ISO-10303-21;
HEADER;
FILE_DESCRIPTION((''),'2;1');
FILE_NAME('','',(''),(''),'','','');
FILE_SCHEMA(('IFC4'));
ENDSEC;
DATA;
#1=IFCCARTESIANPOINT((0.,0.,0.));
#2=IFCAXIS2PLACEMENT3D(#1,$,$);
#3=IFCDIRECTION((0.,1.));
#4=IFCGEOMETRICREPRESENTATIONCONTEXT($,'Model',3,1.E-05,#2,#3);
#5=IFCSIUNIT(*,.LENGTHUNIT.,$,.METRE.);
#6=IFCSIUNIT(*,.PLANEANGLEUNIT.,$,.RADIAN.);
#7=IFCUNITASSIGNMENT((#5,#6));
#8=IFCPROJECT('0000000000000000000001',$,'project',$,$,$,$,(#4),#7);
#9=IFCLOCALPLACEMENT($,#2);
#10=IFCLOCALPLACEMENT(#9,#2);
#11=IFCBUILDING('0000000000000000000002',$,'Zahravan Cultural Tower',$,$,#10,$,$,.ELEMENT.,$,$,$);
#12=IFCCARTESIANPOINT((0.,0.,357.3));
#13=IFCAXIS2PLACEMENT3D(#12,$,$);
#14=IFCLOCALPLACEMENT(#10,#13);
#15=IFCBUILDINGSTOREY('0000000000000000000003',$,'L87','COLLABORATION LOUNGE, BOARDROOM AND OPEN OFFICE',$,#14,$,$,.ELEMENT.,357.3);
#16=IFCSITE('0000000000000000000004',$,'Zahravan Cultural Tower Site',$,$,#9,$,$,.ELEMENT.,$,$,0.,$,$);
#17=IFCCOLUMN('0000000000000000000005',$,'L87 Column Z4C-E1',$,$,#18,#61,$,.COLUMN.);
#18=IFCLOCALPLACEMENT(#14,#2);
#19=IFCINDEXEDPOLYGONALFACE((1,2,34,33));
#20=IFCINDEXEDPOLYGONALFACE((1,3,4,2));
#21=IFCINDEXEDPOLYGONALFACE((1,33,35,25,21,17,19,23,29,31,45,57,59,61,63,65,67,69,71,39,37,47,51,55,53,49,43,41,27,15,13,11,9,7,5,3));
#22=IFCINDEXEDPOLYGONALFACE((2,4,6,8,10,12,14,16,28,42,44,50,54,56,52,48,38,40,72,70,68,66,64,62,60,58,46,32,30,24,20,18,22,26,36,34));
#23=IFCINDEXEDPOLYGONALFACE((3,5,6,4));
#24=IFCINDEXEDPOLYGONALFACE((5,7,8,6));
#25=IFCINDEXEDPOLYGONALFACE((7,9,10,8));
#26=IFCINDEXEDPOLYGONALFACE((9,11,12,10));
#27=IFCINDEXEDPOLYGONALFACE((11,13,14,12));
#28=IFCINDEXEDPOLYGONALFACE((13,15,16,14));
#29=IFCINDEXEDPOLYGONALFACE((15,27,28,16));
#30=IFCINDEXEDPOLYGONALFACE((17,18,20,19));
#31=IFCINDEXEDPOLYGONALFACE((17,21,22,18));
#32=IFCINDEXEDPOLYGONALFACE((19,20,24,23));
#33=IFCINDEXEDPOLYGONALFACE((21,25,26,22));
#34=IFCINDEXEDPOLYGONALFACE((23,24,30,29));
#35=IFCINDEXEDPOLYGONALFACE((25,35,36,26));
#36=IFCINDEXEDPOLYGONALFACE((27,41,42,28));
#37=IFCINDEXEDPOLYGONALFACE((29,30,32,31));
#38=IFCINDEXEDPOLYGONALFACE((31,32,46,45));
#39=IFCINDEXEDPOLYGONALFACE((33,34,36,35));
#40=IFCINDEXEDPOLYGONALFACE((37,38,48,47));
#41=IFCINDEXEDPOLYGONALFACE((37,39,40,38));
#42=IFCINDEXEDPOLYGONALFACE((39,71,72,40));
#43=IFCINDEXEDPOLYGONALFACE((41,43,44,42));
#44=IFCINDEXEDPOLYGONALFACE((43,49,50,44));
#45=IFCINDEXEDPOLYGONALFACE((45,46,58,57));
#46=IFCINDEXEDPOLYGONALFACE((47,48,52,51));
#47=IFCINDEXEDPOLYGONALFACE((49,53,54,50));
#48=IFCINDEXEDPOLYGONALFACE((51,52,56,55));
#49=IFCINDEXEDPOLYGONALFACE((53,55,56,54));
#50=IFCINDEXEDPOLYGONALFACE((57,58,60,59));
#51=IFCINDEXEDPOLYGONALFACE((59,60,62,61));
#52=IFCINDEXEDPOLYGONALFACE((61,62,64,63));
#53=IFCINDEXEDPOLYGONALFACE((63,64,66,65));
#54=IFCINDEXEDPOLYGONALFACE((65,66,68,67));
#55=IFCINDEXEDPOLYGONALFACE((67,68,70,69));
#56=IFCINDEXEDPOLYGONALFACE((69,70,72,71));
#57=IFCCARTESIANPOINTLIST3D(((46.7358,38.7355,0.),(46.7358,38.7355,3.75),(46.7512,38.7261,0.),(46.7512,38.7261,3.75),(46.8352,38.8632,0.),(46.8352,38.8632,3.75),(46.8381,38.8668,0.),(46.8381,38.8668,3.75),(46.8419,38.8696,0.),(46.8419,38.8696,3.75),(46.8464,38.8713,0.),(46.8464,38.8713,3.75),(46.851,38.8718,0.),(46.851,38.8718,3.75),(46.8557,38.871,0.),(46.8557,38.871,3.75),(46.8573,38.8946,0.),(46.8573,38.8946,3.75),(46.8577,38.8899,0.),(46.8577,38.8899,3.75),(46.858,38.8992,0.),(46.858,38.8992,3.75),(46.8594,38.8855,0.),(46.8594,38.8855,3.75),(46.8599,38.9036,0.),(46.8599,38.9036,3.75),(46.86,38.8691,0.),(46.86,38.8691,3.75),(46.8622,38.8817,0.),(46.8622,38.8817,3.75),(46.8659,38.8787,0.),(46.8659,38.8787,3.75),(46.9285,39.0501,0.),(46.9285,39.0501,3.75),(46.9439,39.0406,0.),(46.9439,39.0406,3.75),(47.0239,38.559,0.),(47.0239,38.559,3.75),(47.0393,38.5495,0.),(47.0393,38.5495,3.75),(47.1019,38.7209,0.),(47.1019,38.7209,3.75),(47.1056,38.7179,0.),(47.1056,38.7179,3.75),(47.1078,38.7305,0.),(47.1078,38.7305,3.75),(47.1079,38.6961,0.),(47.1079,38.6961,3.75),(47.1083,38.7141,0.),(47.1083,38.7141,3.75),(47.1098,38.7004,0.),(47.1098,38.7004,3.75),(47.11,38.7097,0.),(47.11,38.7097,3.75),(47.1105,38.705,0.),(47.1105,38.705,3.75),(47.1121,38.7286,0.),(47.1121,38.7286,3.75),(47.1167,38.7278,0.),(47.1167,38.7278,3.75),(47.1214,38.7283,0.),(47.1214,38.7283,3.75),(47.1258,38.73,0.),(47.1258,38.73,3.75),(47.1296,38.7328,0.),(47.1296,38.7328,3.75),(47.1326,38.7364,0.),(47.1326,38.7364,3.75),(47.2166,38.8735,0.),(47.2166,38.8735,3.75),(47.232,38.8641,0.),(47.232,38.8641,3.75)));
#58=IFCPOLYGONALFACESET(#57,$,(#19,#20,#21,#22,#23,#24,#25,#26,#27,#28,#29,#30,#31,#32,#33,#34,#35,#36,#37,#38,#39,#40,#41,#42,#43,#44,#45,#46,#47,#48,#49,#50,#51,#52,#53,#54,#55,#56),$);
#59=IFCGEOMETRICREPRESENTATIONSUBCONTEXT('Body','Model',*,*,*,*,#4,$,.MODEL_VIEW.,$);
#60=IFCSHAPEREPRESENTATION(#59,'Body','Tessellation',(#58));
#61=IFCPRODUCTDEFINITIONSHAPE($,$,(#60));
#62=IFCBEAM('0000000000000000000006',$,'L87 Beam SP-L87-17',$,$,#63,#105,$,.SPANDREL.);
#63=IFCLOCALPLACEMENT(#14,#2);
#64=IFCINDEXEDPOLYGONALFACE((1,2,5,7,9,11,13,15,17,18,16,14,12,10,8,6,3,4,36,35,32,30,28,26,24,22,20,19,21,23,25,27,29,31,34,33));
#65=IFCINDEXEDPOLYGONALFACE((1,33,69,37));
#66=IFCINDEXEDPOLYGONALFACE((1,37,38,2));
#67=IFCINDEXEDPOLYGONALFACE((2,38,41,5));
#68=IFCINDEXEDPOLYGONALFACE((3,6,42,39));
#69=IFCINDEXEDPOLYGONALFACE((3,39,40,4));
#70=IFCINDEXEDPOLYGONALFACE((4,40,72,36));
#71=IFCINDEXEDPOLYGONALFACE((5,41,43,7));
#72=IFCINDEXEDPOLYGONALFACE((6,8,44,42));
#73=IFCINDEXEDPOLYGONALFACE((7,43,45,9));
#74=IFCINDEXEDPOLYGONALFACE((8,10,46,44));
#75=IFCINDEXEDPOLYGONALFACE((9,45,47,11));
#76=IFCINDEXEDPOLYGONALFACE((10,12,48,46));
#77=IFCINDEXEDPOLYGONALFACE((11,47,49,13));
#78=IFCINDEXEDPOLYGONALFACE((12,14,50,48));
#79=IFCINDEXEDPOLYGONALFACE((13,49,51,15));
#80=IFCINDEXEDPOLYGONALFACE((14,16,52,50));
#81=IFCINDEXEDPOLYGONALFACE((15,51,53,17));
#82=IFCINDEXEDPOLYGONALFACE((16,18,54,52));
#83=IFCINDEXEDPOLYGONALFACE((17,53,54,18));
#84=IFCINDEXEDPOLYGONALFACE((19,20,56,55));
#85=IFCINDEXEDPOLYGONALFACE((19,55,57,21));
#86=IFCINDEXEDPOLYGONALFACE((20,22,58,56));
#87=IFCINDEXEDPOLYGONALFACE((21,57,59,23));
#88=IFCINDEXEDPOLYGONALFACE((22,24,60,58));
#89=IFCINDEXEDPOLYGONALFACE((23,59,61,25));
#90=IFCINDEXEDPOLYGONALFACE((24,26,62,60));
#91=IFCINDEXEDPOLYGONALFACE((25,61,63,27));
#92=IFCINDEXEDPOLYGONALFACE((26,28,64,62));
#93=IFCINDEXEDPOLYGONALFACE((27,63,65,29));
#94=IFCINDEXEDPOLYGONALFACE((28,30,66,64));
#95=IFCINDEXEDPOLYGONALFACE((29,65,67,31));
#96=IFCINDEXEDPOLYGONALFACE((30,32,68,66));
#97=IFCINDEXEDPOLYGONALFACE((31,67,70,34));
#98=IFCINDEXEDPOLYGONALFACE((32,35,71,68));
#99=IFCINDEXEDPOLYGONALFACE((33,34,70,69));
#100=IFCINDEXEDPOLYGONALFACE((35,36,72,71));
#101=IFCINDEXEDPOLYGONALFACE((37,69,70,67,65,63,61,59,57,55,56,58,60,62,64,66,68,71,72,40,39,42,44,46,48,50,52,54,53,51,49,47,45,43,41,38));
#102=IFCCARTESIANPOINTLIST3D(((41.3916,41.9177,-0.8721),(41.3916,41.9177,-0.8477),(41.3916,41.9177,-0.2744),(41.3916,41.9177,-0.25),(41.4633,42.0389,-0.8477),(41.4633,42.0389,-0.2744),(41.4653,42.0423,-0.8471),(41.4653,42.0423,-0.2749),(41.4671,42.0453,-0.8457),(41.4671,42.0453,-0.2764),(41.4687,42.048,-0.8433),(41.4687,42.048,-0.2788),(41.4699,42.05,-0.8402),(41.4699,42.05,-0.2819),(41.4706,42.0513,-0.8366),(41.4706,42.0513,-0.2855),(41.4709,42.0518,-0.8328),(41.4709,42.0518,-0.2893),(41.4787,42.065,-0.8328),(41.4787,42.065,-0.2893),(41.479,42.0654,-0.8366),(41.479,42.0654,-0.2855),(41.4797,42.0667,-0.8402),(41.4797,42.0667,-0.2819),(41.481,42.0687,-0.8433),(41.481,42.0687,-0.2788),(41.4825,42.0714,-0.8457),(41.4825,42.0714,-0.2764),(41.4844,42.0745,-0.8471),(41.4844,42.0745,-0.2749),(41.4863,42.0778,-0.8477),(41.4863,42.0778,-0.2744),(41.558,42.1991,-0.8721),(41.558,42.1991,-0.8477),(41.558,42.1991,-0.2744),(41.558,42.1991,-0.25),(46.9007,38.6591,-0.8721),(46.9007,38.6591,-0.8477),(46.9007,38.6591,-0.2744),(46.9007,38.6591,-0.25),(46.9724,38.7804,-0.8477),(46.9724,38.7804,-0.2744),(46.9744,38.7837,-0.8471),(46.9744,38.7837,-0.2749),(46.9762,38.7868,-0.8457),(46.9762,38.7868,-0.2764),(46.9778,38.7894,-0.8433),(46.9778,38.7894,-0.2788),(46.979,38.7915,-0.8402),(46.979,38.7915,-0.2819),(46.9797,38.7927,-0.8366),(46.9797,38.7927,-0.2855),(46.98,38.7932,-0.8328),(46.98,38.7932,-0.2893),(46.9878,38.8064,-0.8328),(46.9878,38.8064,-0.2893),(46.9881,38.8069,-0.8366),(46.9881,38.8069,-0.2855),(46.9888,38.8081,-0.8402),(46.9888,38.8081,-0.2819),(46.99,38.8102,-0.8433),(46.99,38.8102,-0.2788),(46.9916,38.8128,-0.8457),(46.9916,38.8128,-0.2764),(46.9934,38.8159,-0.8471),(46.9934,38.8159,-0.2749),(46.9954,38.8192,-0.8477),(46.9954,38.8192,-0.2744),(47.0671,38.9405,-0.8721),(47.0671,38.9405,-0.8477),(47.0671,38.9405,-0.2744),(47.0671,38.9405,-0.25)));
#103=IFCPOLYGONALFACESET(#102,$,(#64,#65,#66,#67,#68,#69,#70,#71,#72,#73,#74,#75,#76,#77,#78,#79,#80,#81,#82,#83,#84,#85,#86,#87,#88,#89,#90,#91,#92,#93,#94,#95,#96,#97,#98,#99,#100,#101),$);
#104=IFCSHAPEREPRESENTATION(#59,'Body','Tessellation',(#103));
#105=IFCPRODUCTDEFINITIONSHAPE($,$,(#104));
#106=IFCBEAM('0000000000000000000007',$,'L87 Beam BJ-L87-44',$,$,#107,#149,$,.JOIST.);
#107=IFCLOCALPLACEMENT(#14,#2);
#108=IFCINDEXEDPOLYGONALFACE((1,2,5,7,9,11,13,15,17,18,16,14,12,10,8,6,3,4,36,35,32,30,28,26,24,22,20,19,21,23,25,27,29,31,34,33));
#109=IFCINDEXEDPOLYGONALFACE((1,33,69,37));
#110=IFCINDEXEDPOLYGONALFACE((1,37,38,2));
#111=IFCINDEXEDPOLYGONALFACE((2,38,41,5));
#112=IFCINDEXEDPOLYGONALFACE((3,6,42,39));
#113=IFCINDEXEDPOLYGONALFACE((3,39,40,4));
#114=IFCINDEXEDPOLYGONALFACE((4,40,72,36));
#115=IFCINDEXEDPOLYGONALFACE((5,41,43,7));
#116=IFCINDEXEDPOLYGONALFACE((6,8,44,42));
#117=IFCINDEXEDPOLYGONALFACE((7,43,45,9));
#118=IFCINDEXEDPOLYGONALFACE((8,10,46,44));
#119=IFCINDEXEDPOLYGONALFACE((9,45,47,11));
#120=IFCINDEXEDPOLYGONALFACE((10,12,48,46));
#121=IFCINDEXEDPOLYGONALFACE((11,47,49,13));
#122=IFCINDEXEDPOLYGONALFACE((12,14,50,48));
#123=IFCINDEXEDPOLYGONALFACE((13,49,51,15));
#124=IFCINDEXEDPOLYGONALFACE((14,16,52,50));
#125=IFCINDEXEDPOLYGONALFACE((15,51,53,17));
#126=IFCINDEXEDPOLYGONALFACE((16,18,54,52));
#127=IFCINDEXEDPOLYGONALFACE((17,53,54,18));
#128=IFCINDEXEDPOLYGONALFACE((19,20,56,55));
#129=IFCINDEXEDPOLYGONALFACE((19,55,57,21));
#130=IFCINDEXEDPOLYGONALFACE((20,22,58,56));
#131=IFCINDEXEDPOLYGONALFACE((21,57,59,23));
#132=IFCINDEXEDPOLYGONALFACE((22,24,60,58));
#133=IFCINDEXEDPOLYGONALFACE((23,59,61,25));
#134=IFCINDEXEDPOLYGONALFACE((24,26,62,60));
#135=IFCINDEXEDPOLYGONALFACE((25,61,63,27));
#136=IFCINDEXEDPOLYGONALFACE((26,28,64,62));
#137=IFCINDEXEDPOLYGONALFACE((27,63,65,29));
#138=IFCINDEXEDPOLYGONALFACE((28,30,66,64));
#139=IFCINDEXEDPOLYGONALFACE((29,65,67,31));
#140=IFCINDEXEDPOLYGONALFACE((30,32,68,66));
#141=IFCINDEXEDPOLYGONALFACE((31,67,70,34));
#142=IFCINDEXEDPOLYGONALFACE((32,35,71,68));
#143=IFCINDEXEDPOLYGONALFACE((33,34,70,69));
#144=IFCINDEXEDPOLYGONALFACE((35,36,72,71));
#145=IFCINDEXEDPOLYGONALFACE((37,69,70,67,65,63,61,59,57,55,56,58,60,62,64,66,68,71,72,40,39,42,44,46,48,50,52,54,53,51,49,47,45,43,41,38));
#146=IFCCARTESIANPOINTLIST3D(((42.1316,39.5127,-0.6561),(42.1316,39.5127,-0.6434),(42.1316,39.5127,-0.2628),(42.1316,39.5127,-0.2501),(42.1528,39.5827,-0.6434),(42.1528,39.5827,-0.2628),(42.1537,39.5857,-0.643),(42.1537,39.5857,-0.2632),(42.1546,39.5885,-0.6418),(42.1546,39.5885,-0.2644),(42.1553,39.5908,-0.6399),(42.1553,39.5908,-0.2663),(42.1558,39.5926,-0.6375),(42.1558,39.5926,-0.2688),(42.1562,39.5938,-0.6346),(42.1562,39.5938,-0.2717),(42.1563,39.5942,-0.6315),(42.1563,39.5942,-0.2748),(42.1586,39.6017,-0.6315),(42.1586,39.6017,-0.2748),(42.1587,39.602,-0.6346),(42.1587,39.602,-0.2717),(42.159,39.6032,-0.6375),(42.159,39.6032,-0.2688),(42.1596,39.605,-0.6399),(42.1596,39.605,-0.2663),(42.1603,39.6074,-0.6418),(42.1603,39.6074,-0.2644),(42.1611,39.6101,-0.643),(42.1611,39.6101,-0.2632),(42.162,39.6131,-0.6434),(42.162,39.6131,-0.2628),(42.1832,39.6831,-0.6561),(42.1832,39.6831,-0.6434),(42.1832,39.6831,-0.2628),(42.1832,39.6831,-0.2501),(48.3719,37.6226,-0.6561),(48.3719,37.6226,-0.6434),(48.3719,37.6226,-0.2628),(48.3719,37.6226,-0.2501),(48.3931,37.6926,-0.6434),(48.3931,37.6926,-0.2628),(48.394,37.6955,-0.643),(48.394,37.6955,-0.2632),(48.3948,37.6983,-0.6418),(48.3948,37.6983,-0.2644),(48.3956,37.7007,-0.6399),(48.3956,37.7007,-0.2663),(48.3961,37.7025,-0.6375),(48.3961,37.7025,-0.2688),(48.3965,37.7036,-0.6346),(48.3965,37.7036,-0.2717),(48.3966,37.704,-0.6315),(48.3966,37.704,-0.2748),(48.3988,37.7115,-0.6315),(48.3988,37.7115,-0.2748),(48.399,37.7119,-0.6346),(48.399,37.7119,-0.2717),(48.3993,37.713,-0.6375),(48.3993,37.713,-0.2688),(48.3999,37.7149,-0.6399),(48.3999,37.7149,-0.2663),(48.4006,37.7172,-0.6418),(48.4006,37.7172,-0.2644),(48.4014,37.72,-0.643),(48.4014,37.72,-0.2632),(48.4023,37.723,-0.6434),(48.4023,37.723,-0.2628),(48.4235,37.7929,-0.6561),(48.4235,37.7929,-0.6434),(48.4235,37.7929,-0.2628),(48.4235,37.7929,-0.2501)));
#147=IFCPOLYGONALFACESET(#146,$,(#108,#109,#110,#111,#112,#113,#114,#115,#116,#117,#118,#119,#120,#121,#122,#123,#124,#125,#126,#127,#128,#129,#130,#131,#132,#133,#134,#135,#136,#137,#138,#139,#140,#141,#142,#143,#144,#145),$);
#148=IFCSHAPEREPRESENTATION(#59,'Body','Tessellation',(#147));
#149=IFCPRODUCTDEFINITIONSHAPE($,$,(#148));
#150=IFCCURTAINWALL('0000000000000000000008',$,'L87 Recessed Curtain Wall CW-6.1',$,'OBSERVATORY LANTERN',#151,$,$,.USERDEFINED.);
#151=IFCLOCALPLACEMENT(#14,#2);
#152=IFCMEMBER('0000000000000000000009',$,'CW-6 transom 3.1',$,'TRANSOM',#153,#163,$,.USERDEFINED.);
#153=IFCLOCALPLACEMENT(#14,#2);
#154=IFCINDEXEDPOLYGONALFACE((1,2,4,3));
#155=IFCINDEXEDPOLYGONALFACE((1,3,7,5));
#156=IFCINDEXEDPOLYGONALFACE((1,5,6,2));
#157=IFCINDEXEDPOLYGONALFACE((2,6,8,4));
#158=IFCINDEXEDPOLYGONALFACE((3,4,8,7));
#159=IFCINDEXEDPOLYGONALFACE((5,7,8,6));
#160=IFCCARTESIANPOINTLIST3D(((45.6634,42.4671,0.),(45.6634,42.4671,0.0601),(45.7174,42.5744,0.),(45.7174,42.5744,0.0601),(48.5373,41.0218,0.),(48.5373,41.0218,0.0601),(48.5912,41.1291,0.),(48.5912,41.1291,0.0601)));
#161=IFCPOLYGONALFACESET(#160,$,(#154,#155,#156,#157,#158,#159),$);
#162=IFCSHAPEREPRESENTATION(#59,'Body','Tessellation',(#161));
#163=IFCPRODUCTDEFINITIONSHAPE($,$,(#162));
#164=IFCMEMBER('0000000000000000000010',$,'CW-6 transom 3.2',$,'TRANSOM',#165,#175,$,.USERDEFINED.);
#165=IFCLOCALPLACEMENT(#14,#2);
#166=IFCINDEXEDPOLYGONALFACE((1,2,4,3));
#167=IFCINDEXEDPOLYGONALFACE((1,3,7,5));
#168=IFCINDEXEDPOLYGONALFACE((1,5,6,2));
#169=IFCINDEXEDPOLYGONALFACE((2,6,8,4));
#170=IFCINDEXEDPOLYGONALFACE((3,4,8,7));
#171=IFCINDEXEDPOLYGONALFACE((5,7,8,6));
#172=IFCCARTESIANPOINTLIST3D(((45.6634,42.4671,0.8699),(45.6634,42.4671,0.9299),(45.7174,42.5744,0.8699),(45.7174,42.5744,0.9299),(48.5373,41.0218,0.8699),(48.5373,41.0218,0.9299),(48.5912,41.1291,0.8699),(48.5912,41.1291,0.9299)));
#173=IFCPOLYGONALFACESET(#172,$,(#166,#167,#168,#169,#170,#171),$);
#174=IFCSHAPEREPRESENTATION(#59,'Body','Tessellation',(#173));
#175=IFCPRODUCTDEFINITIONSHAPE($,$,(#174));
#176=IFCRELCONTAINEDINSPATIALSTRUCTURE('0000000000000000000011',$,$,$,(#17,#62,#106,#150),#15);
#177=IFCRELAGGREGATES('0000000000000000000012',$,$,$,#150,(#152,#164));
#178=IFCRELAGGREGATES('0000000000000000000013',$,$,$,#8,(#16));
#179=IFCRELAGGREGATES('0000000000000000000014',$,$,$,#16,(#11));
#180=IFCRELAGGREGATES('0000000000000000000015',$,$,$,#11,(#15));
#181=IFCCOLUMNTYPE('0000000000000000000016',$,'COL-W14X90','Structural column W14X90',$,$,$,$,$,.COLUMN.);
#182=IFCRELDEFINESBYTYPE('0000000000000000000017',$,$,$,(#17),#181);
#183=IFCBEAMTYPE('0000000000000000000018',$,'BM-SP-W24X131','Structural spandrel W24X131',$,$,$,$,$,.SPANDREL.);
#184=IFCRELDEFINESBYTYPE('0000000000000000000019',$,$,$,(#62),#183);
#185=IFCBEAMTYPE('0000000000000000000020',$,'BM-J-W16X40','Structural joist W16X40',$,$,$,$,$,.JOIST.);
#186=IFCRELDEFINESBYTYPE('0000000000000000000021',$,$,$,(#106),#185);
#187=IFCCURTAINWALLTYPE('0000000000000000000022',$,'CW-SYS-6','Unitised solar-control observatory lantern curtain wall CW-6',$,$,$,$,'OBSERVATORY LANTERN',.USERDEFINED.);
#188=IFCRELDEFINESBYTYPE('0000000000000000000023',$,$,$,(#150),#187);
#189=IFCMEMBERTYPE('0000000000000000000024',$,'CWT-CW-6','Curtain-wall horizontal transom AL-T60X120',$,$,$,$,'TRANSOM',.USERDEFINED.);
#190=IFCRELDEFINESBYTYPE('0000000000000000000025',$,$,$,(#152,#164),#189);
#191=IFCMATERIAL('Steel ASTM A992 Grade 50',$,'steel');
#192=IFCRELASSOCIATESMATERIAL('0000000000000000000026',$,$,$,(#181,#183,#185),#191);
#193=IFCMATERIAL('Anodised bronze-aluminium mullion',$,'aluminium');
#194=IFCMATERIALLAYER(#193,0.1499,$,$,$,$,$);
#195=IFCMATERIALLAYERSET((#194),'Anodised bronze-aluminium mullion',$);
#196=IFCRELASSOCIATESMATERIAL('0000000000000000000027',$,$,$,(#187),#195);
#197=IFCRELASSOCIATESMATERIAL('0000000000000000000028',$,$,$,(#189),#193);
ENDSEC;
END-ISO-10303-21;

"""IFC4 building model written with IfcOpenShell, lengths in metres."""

from ifc_helpers import new_model, si_unit, direction, frame, origin, origin_2d, place, context, subcontext, project, spatial, rectangle, i_section, extrude, source, transform, mapped, material, layer, layer_set, material_profile, profile_set, type_object, element, aggregate, save


model = new_model("IFC4")

# Units and contexts
model_context = context("Model", 3, precision=1e-05, world=origin(), true_north=direction((0.0, 1.0)))
body_context = subcontext(model_context, "Body", "Model", "MODEL_VIEW")
ifc_project = project(units=[si_unit("LENGTHUNIT", "METRE"), si_unit("PLANEANGLEUNIT", "RADIAN")], contexts=[model_context])

# Site, building, storey
site_placement = place(None, origin())
site = spatial("IfcSite", under=ifc_project, at=site_placement, Name="Zahravan Cultural Tower Site", CompositionType="ELEMENT", RefElevation=0.0)
building_placement = place(site_placement, origin())
building = spatial("IfcBuilding", under=site, at=building_placement, Name="Zahravan Cultural Tower", CompositionType="ELEMENT")
storey_placement = place(building_placement, frame((0.0, 0.0, 357.3)))
storey = spatial("IfcBuildingStorey", under=building, at=storey_placement, Name="L87", Description="COLLABORATION LOUNGE, BOARDROOM AND OPEN OFFICE", CompositionType="ELEMENT", Elevation=357.3)

# Column
ifc_material_1 = material(Name="Steel ASTM A992 Grade 50", Category="steel")
ifc_material_profile_1 = material_profile(ifc_material_1, i_section(OverallWidth=0.3689, OverallDepth=0.356, WebThickness=0.0112, FlangeThickness=0.0181, FilletRadius=0.0181, at=origin_2d()), Name="W14X90")
ifc_profile_set_1 = profile_set([ifc_material_profile_1], Name="Steel ASTM A992 Grade 50")
column_type = type_object("IfcColumnType", Name="COL-W14X90", Description="Structural column W14X90", PredefinedType="COLUMN", material=ifc_profile_set_1)
shared_shape_1 = source(origin(), body_context, "Body", "SweptSolid", [
    extrude(i_section(OverallWidth=0.3689, OverallDepth=0.356, WebThickness=0.0112, FlangeThickness=0.0181, FilletRadius=0.0181, at=origin_2d()), origin(), (0.0, 0.0, 1.0), 3.75),
])
column_placement = place(storey_placement, frame((46.9839, 38.7998, 0.0), z_axis=(0.0, 0.0, 1.0), x_axis=(0.522499, 0.85264, 0.0)))
element("IfcColumn", 1, at=column_placement, inside=storey, type_object=column_type, Name="L87 Column Z4C-E1", PredefinedType="COLUMN", context=body_context, shape_type="MappedRepresentation", body=[
    mapped(shared_shape_1, transform((0.0, 0.0, 0.0), x_axis=(1.0, 0.0, 0.0), y_axis=(0.0, 1.0, 0.0), z_axis=(0.0, 0.0, 1.0), scale=1.0)),
])

# Beams
ifc_material_profile_2 = material_profile(ifc_material_1, i_section(OverallWidth=0.3269, OverallDepth=0.6221, WebThickness=0.0154, FlangeThickness=0.0244, FilletRadius=0.0149, at=origin_2d()), Name="W24X131")
ifc_profile_set_2 = profile_set([ifc_material_profile_2], Name="Steel ASTM A992 Grade 50")
beam_type_1 = type_object("IfcBeamType", Name="BM-SP-W24X131", Description="Structural spandrel W24X131", PredefinedType="SPANDREL", material=ifc_profile_set_2)
shared_shape_2 = source(origin(), body_context, "Body", "SweptSolid", [
    extrude(i_section(OverallWidth=0.3269, OverallDepth=0.6221, WebThickness=0.0154, FlangeThickness=0.0244, FilletRadius=0.0149, at=origin_2d()), origin(), (0.0, 0.0, 1.0), 6.4006),
])
beam_1_placement = place(storey_placement, frame((46.9839, 38.7998, -0.561), z_axis=(-0.860707, 0.509101, 0.0), x_axis=(-0.509101, -0.860707, 0.0)))
element("IfcBeam", 2, at=beam_1_placement, inside=storey, type_object=beam_type_1, Name="L87 Beam SP-L87-17", PredefinedType="SPANDREL", context=body_context, shape_type="MappedRepresentation", body=[
    mapped(shared_shape_2, transform((0.0, 0.0, 0.0), x_axis=(1.0, 0.0, 0.0), y_axis=(0.0, 1.0, 0.0), z_axis=(0.0, 0.0, 1.0), scale=1.0)),
])
ifc_material_profile_3 = material_profile(ifc_material_1, i_section(OverallWidth=0.178, OverallDepth=0.406, WebThickness=0.0078, FlangeThickness=0.0127, FilletRadius=0.012, at=origin_2d()), Name="W16X40")
ifc_profile_set_3 = profile_set([ifc_material_profile_3], Name="Steel ASTM A992 Grade 50")
beam_type_2 = type_object("IfcBeamType", Name="BM-J-W16X40", Description="Structural joist W16X40", PredefinedType="JOIST", material=ifc_profile_set_3)
shared_shape_3 = source(origin(), body_context, "Body", "SweptSolid", [
    extrude(i_section(OverallWidth=0.178, OverallDepth=0.406, WebThickness=0.0078, FlangeThickness=0.0127, FilletRadius=0.012, at=origin_2d()), origin(), (0.0, 0.0, 1.0), 6.5203),
])
beam_2_placement = place(storey_placement, frame((48.3977, 37.7078, -0.4531), z_axis=(-0.95706, 0.289889, 0.0), x_axis=(-0.289889, -0.95706, 0.0)))
element("IfcBeam", 3, at=beam_2_placement, inside=storey, type_object=beam_type_2, Name="L87 Beam BJ-L87-44", PredefinedType="JOIST", context=body_context, shape_type="MappedRepresentation", body=[
    mapped(shared_shape_3, transform((0.0, 0.0, 0.0), x_axis=(1.0, 0.0, 0.0), y_axis=(0.0, 1.0, 0.0), z_axis=(0.0, 0.0, 1.0), scale=1.0)),
])

# Curtain wall, members
ifc_material_2 = material(Name="Anodised bronze-aluminium mullion", Category="aluminium")
ifc_layer_1 = layer(ifc_material_2, 0.1499)
ifc_layer_set_1 = layer_set([ifc_layer_1], Name="Anodised bronze-aluminium mullion")
curtain_wall_type = type_object("IfcCurtainWallType", Name="CW-SYS-6", Description="Unitised solar-control observatory lantern curtain wall CW-6", ElementType="OBSERVATORY LANTERN", PredefinedType="USERDEFINED", material=ifc_layer_set_1)
curtain_wall_placement = place(storey_placement, origin())
curtain_wall = element("IfcCurtainWall", 4, at=curtain_wall_placement, inside=storey, type_object=curtain_wall_type, Name="L87 Recessed Curtain Wall CW-6.1", ObjectType="OBSERVATORY LANTERN", PredefinedType="USERDEFINED")
ifc_material_profile_4 = material_profile(ifc_material_2, rectangle(XDim=0.1201, YDim=0.0601, at=origin_2d()), Name="AL-T60X120")
ifc_profile_set_4 = profile_set([ifc_material_profile_4], Name="Anodised bronze-aluminium mullion")
member_type_1 = type_object("IfcMemberType", Name="CWT-CW-6", Description="Curtain-wall horizontal transom AL-T60X120", ElementType="TRANSOM", PredefinedType="USERDEFINED", material=ifc_profile_set_4)
shared_shape_4 = source(origin(), body_context, "Body", "SweptSolid", [
    extrude(rectangle(XDim=0.1201, YDim=0.0601, at=origin_2d()), origin(), (0.0, 0.0, 1.0), 3.2168),
])
member_1_placement = place(storey_placement, frame((45.6904, 42.5208, 0.03), z_axis=(0.893377, -0.449307, 0.0), x_axis=(0.449307, 0.893377, 0.0)))
member_1 = element("IfcMember", 5, at=member_1_placement, type_object=member_type_1, Name="CW-6 transom 3.1", ObjectType="TRANSOM", PredefinedType="USERDEFINED", context=body_context, shape_type="MappedRepresentation", body=[
    mapped(shared_shape_4, transform((0.0, 0.0, 0.0), x_axis=(1.0, 0.0, 0.0), y_axis=(0.0, 1.0, 0.0), z_axis=(0.0, 0.0, 1.0), scale=1.0)),
])
member_2_placement = place(storey_placement, frame((45.6904, 42.5208, 0.8999), z_axis=(0.893377, -0.449307, 0.0), x_axis=(0.449307, 0.893377, 0.0)))
member_2 = element("IfcMember", 6, at=member_2_placement, type_object=member_type_1, Name="CW-6 transom 3.2", ObjectType="TRANSOM", PredefinedType="USERDEFINED", context=body_context, shape_type="MappedRepresentation", body=[
    mapped(shared_shape_4, transform((0.0, 0.0, 0.0), x_axis=(1.0, 0.0, 0.0), y_axis=(0.0, 1.0, 0.0), z_axis=(0.0, 0.0, 1.0), scale=1.0)),
])
aggregate(curtain_wall, [member_1, member_2])

save(model, "model.ifc")
